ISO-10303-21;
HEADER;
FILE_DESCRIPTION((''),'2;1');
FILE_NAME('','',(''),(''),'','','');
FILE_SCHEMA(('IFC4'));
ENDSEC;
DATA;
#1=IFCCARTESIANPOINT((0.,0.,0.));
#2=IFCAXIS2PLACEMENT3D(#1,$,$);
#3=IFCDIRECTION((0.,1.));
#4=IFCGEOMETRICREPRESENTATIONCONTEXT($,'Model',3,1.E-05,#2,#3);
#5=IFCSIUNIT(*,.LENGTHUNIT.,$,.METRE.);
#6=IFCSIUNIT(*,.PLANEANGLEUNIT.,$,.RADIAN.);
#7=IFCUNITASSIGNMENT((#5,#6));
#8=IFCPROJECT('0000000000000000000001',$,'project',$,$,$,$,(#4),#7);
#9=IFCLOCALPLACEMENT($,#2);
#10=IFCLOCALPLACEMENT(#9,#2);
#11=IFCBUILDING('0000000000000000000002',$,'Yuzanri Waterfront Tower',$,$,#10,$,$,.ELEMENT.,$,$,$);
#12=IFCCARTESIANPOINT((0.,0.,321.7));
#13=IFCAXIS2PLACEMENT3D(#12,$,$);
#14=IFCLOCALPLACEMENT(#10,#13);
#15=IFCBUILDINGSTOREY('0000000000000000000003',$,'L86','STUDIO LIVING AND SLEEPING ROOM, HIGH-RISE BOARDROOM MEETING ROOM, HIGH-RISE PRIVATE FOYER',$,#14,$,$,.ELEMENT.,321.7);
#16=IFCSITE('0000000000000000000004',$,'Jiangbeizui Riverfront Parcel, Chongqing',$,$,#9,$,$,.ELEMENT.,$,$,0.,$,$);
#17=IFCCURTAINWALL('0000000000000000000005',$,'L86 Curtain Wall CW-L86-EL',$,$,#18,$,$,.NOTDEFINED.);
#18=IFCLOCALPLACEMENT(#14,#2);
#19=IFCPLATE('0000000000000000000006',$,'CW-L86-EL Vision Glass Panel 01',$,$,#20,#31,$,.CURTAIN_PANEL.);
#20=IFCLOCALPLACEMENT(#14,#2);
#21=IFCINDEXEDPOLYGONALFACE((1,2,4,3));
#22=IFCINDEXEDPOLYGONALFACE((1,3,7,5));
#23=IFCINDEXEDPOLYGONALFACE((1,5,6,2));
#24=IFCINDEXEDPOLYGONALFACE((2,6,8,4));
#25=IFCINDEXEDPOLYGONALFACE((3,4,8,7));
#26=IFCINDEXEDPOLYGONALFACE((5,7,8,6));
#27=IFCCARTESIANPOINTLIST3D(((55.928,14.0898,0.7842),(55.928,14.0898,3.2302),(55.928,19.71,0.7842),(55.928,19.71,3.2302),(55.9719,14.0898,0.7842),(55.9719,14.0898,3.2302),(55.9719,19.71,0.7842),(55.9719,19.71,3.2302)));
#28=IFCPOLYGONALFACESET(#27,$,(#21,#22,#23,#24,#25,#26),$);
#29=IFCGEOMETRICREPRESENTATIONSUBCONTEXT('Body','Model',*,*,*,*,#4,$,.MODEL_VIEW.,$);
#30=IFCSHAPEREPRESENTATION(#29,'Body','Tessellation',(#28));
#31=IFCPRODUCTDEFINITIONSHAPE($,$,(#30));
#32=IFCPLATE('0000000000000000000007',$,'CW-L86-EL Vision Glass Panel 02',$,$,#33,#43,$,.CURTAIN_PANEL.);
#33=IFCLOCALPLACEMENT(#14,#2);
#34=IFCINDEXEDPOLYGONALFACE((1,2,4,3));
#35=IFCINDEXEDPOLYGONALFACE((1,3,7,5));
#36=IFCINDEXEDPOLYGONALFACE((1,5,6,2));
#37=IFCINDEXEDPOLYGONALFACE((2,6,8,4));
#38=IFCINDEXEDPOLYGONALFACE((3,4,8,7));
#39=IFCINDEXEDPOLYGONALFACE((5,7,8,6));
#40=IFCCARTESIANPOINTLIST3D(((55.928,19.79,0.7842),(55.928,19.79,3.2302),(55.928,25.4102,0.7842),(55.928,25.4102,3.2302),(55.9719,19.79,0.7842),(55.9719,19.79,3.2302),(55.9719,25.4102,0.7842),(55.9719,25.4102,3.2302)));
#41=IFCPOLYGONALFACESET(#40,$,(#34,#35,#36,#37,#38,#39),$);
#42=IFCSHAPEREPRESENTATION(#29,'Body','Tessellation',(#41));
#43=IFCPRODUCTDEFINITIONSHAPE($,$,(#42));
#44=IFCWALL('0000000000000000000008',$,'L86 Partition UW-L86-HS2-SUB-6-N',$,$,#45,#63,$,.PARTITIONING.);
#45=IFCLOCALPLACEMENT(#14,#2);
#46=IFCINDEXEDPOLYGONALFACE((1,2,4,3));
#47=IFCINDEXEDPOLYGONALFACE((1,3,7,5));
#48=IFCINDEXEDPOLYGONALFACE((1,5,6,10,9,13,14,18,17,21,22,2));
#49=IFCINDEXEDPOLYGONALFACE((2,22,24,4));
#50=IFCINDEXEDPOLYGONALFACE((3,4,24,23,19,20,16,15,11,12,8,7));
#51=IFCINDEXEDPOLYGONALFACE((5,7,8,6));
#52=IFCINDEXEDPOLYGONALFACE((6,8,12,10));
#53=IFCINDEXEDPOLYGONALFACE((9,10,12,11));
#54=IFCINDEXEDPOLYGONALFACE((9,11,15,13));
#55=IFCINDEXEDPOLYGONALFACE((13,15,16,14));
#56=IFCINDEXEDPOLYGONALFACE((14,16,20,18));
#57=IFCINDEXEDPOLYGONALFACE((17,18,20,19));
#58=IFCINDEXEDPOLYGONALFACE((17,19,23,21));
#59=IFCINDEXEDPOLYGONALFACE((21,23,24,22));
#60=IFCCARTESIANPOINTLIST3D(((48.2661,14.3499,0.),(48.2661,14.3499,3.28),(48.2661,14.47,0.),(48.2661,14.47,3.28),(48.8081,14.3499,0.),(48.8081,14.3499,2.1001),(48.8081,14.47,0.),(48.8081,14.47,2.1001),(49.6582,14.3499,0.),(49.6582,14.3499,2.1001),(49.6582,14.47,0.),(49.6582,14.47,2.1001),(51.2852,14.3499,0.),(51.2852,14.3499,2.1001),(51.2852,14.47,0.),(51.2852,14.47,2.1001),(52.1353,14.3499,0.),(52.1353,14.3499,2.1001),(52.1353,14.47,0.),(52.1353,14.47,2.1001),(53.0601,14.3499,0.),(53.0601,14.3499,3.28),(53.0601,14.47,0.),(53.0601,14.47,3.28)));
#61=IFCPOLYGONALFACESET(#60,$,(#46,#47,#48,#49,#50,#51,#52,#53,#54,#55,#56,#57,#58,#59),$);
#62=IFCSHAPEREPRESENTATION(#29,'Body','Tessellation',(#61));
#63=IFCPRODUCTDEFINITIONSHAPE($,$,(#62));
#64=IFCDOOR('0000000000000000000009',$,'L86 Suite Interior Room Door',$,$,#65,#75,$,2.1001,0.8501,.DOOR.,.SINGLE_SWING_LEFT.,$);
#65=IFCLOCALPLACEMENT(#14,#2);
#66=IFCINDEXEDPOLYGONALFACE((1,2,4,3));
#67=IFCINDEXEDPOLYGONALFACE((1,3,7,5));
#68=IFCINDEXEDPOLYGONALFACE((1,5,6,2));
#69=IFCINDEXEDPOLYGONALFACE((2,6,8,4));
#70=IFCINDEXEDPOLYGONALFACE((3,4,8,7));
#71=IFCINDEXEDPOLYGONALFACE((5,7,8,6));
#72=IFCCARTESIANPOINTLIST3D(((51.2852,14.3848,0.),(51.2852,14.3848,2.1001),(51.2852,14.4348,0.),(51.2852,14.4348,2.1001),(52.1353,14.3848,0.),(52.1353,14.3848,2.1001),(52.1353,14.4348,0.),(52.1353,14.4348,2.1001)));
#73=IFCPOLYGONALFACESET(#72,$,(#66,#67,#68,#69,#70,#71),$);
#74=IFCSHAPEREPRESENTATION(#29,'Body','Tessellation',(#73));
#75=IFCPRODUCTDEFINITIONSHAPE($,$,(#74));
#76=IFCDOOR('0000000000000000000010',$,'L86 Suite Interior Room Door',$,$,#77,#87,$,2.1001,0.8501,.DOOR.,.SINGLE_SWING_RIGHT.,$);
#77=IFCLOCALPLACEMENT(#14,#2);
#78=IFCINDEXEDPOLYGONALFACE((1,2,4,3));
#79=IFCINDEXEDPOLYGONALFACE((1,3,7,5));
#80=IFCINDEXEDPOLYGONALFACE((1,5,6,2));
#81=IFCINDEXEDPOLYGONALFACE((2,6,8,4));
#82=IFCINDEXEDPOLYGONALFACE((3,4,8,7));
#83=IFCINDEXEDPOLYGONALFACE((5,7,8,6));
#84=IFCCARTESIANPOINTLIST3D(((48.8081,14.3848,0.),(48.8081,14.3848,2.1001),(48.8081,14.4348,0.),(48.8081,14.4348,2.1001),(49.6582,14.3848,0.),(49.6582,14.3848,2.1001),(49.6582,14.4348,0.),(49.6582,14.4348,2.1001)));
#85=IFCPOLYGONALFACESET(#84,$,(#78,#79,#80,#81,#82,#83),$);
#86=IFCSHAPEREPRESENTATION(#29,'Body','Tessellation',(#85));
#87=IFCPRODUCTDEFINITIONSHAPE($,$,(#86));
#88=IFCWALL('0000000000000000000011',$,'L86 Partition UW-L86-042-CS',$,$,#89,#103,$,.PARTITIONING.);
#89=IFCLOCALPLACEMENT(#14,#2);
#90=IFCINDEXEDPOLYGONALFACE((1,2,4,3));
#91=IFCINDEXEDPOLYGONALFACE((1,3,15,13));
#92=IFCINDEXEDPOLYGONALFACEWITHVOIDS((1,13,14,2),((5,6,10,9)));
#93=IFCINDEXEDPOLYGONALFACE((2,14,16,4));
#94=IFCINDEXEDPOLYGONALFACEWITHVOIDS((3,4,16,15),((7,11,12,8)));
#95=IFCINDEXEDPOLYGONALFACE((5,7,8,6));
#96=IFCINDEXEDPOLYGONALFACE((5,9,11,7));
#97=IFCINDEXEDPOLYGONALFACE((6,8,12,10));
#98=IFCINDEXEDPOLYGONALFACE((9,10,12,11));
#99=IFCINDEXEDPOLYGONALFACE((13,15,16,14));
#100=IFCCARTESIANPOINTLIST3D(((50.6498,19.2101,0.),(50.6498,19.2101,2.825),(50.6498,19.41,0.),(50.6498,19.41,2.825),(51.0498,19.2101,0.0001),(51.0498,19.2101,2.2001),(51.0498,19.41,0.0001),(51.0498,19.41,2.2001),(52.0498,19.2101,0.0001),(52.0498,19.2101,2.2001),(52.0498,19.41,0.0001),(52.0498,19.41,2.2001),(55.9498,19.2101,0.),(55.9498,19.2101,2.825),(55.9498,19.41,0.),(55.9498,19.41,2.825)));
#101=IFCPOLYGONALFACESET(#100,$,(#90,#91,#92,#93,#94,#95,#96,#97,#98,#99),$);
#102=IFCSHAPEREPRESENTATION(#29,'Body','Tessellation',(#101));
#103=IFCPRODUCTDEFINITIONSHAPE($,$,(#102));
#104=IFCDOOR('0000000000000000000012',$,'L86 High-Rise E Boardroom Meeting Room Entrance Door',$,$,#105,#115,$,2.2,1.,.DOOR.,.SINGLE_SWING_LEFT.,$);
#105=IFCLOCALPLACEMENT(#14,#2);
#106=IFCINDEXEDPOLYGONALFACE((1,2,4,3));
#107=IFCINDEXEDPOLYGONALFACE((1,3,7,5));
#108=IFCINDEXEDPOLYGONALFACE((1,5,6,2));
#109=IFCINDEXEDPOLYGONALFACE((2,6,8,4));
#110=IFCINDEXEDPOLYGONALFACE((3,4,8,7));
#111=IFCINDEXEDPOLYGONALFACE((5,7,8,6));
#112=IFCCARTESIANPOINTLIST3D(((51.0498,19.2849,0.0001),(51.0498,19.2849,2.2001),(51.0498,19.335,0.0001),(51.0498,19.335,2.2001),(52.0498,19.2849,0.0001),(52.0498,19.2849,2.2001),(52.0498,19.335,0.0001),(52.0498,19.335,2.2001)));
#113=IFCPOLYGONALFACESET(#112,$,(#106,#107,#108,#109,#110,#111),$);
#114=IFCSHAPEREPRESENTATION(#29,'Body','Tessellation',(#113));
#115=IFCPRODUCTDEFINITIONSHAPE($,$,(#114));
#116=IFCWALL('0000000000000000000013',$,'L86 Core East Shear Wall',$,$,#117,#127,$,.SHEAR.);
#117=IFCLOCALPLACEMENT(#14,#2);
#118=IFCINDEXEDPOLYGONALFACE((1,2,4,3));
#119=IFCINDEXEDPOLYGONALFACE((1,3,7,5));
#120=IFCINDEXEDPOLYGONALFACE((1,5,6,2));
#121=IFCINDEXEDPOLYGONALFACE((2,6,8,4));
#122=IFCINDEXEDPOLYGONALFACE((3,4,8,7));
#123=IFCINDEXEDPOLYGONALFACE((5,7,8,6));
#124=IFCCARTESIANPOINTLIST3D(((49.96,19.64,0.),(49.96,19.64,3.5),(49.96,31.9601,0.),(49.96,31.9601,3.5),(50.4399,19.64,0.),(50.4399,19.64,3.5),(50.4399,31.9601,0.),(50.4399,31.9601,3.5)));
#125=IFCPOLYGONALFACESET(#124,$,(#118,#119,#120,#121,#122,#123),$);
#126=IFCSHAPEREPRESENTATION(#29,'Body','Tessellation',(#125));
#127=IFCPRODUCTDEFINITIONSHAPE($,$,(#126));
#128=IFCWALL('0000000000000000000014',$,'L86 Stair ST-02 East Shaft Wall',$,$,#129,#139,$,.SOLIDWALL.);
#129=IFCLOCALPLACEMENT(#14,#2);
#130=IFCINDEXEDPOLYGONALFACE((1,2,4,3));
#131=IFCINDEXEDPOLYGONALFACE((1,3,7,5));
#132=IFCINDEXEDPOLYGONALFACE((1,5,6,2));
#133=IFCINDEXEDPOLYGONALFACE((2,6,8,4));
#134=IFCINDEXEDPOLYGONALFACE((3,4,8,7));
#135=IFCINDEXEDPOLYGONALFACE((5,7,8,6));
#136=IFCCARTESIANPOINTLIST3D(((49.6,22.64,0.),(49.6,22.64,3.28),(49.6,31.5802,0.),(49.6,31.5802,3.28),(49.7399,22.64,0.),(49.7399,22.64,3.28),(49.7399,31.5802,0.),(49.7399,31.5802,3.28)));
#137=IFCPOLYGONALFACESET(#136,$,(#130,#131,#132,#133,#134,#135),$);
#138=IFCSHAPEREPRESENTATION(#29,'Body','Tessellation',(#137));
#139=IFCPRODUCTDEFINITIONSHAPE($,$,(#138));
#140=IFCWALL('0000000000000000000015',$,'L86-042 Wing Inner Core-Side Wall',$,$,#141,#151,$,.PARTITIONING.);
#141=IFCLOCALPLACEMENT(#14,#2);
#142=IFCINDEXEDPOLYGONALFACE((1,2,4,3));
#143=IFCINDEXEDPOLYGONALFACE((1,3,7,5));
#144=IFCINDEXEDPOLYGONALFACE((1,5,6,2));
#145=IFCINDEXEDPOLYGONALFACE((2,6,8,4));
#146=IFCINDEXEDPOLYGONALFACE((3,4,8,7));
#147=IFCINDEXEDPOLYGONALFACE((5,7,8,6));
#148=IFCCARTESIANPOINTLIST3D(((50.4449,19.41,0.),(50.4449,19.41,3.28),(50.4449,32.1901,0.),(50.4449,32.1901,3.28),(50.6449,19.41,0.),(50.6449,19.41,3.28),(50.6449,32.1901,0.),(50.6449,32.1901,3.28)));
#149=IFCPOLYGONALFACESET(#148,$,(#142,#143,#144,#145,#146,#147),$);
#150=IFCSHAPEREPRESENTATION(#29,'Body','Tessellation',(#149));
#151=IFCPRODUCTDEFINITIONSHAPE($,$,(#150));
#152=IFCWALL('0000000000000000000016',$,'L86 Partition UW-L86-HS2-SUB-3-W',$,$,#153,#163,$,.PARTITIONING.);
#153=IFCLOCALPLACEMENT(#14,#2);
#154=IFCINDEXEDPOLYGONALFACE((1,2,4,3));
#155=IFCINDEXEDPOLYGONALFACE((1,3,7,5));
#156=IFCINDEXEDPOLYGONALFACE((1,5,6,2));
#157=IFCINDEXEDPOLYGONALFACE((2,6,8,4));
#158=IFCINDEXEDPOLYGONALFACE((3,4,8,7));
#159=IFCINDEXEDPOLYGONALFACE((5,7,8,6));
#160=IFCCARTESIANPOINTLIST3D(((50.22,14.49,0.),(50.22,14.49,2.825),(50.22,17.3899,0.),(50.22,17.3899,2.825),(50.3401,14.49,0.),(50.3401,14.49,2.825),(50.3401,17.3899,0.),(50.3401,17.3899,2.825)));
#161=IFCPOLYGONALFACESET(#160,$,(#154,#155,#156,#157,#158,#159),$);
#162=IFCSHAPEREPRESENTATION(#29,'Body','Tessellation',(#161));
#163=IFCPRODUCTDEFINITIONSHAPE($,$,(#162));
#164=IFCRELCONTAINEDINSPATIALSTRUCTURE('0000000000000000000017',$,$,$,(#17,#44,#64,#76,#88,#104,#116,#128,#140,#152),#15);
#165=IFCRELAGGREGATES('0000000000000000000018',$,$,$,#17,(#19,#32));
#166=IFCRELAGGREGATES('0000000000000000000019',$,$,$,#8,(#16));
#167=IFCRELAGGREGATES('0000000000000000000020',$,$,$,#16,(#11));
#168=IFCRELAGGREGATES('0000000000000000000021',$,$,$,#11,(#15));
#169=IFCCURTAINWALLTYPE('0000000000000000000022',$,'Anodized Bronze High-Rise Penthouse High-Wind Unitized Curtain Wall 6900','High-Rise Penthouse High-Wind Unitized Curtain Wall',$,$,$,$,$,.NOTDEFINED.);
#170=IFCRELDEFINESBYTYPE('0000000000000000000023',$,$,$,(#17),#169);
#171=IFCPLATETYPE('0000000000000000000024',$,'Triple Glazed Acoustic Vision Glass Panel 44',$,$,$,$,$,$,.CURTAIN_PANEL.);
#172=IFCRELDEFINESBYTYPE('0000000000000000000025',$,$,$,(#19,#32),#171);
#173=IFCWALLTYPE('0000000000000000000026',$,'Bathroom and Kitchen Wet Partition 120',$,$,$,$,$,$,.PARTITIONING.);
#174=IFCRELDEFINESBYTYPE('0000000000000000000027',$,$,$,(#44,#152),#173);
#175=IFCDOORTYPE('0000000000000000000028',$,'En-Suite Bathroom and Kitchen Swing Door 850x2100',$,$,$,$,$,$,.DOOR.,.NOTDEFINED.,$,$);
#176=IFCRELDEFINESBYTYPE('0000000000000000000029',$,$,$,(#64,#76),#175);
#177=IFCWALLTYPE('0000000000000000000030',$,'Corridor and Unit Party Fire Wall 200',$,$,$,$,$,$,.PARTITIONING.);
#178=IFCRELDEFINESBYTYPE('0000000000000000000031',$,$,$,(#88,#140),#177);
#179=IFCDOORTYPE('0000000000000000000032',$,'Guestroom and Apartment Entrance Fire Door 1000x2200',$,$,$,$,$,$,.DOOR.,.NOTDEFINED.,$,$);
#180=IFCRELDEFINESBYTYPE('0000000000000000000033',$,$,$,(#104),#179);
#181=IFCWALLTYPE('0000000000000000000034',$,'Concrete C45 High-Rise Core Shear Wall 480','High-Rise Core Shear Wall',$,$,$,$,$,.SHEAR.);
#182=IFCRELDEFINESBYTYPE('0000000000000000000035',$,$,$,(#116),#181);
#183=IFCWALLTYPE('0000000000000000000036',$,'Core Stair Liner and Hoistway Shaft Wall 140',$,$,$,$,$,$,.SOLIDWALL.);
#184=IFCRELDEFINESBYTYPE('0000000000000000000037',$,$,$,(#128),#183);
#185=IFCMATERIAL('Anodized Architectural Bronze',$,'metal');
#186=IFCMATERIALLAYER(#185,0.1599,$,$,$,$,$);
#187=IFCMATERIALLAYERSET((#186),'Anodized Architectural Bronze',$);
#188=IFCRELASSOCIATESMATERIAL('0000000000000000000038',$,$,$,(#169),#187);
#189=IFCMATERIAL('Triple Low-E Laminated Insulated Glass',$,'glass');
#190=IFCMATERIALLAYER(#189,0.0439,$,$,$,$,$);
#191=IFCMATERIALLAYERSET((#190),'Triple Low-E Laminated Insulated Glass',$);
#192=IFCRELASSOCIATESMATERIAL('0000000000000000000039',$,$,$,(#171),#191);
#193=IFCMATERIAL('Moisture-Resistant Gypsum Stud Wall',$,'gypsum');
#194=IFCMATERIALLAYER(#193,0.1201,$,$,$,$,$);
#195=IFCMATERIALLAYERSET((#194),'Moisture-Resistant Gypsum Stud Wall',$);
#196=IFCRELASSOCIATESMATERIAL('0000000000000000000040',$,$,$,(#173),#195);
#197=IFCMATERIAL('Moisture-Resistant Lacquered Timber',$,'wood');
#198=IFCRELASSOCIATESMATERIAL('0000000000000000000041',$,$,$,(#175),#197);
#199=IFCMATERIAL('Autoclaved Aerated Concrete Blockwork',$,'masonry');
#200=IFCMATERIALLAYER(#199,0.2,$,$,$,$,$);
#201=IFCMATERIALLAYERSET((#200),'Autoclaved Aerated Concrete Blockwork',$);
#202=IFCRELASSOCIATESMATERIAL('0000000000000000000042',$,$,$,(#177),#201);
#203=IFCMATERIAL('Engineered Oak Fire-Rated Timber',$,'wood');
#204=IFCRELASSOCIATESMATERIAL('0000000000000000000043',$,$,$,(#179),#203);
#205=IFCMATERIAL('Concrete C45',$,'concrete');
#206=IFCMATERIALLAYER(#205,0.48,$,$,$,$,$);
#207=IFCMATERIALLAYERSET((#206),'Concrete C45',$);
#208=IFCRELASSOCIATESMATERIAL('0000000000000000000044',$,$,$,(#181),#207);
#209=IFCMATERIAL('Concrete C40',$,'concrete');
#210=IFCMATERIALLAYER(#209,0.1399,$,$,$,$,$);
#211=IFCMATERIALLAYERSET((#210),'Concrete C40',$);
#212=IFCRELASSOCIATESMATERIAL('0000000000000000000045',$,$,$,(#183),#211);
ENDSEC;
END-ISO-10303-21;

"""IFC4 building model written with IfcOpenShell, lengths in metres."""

from ifc_helpers import new_model, si_unit, direction, frame, frame_2d, origin, origin_2d, place, context, subcontext, project, spatial, rectangle, extrude, source, transform, mapped, material, layer, layer_set, type_object, element, fill, aggregate, save


model = new_model("IFC4")

# Units and contexts
model_context = context("Model", 3, precision=1e-05, world=origin(), true_north=direction((0.0, 1.0)))
body_context = subcontext(model_context, "Body", "Model", "MODEL_VIEW")
ifc_project = project(units=[si_unit("LENGTHUNIT", "METRE"), si_unit("PLANEANGLEUNIT", "RADIAN")], contexts=[model_context])

# Site, building, storey
site_placement = place(None, origin())
site = spatial("IfcSite", under=ifc_project, at=site_placement, Name="Jiangbeizui Riverfront Parcel, Chongqing", CompositionType="ELEMENT", RefElevation=0.0)
building_placement = place(site_placement, origin())
building = spatial("IfcBuilding", under=site, at=building_placement, Name="Yuzanri Waterfront Tower", CompositionType="ELEMENT")
storey_placement = place(building_placement, frame((0.0, 0.0, 321.7)))
storey = spatial("IfcBuildingStorey", under=building, at=storey_placement, Name="L86", Description="STUDIO LIVING AND SLEEPING ROOM, HIGH-RISE BOARDROOM MEETING ROOM, HIGH-RISE PRIVATE FOYER", CompositionType="ELEMENT", Elevation=321.7)

# Curtain wall, plates
ifc_material_1 = material(Name="Anodized Architectural Bronze", Category="metal")
ifc_layer_1 = layer(ifc_material_1, 0.1599)
ifc_layer_set_1 = layer_set([ifc_layer_1], Name="Anodized Architectural Bronze")
curtain_wall_type = type_object("IfcCurtainWallType", Name="Anodized Bronze High-Rise Penthouse High-Wind Unitized Curtain Wall 6900", Description="High-Rise Penthouse High-Wind Unitized Curtain Wall", PredefinedType="NOTDEFINED", material=ifc_layer_set_1)
curtain_wall_placement = place(storey_placement, origin())
curtain_wall = element("IfcCurtainWall", 1, at=curtain_wall_placement, inside=storey, type_object=curtain_wall_type, Name="L86 Curtain Wall CW-L86-EL", PredefinedType="NOTDEFINED")
ifc_material_2 = material(Name="Triple Low-E Laminated Insulated Glass", Category="glass")
ifc_layer_2 = layer(ifc_material_2, 0.0439)
ifc_layer_set_2 = layer_set([ifc_layer_2], Name="Triple Low-E Laminated Insulated Glass")
plate_type_1 = type_object("IfcPlateType", Name="Triple Glazed Acoustic Vision Glass Panel 44", PredefinedType="CURTAIN_PANEL", material=ifc_layer_set_2)
shared_shape_1 = source(origin(), body_context, "Body", "SweptSolid", [
    extrude(rectangle(XDim=5.6201, YDim=0.0439, at=origin_2d()), origin(), (0.0, 0.0, 1.0), 2.446),
])
plate_1_placement = place(storey_placement, frame((55.95, 16.8999, 0.7842), z_axis=(0.0, 0.0, 1.0), x_axis=(0.0, 1.0, 0.0)))
plate_1 = element("IfcPlate", 2, at=plate_1_placement, type_object=plate_type_1, Name="CW-L86-EL Vision Glass Panel 01", PredefinedType="CURTAIN_PANEL", context=body_context, shape_type="MappedRepresentation", body=[
    mapped(shared_shape_1, transform((0.0, 0.0, 0.0), scale=1.0)),
])
plate_2_placement = place(storey_placement, frame((55.95, 22.6001, 0.7842), z_axis=(0.0, 0.0, 1.0), x_axis=(0.0, 1.0, 0.0)))
plate_2 = element("IfcPlate", 3, at=plate_2_placement, type_object=plate_type_1, Name="CW-L86-EL Vision Glass Panel 02", PredefinedType="CURTAIN_PANEL", context=body_context, shape_type="MappedRepresentation", body=[
    mapped(shared_shape_1, transform((0.0, 0.0, 0.0), scale=1.0)),
])
aggregate(curtain_wall, [plate_1, plate_2])

# Wall, openings, doors
ifc_material_3 = material(Name="Moisture-Resistant Gypsum Stud Wall", Category="gypsum")
ifc_layer_3 = layer(ifc_material_3, 0.1201)
ifc_layer_set_3 = layer_set([ifc_layer_3], Name="Moisture-Resistant Gypsum Stud Wall")
wall_type_1 = type_object("IfcWallType", Name="Bathroom and Kitchen Wet Partition 120", PredefinedType="PARTITIONING", material=ifc_layer_set_3)
wall_1_placement = place(storey_placement, frame((48.2661, 14.4099, 0.0), z_axis=(0.0, 0.0, 1.0), x_axis=(1.0, 0.0, 0.0)))
wall_1 = element("IfcWall", 4, at=wall_1_placement, inside=storey, type_object=wall_type_1, Name="L86 Partition UW-L86-HS2-SUB-6-N", PredefinedType="PARTITIONING", context=body_context, shape_type="SweptSolid", body=[
    extrude(rectangle(XDim=4.7939, YDim=0.1201, at=frame_2d((2.397, 0.0))), origin(), (0.0, 0.0, 1.0), 3.28),
])
opening_1_placement = place(wall_1_placement, frame((3.019, 0.0, 0.0)))
opening_1 = element("IfcOpeningElement", 5, at=opening_1_placement, cuts=wall_1, PredefinedType="OPENING", context=body_context, shape_type="SweptSolid", body=[
    extrude(rectangle(XDim=0.8501, YDim=2.1001, at=frame_2d((0.425, 1.05))), frame((0.0, 0.075, 0.0), z_axis=(0.0, -1.0, 0.0), x_axis=(1.0, 0.0, 0.0)), (0.0, 0.0, 1.0), 0.1499),
])
opening_2_placement = place(wall_1_placement, frame((0.542, 0.0, 0.0)))
opening_2 = element("IfcOpeningElement", 6, at=opening_2_placement, cuts=wall_1, PredefinedType="OPENING", context=body_context, shape_type="SweptSolid", body=[
    extrude(rectangle(XDim=0.8501, YDim=2.1001, at=frame_2d((0.425, 1.05))), frame((0.0, 0.075, 0.0), z_axis=(0.0, -1.0, 0.0), x_axis=(1.0, 0.0, 0.0)), (0.0, 0.0, 1.0), 0.1499),
])
ifc_material_4 = material(Name="Moisture-Resistant Lacquered Timber", Category="wood")
door_type_1 = type_object("IfcDoorType", Name="En-Suite Bathroom and Kitchen Swing Door 850x2100", OperationType="NOTDEFINED", PredefinedType="DOOR", material=ifc_material_4)
shared_shape_2 = source(origin(), body_context, "Body", "SweptSolid", [
    extrude(rectangle(XDim=0.8501, YDim=2.1001, at=frame_2d((0.425, 1.05))), frame((0.0, 0.0249, 0.0), z_axis=(0.0, -1.0, 0.0), x_axis=(1.0, 0.0, 0.0)), (0.0, 0.0, 1.0), 0.05),
])
door_1_placement = place(opening_1_placement, origin())
door_1 = element("IfcDoor", 7, at=door_1_placement, inside=storey, type_object=door_type_1, Name="L86 Suite Interior Room Door", OperationType="SINGLE_SWING_LEFT", OverallHeight=2.1001, OverallWidth=0.8501, PredefinedType="DOOR", context=body_context, shape_type="MappedRepresentation", body=[
    mapped(shared_shape_2, transform((0.0, 0.0, 0.0), scale=1.0)),
])
fill(opening_1, door_1)
door_2_placement = place(opening_2_placement, origin())
door_2 = element("IfcDoor", 8, at=door_2_placement, inside=storey, type_object=door_type_1, Name="L86 Suite Interior Room Door", OperationType="SINGLE_SWING_RIGHT", OverallHeight=2.1001, OverallWidth=0.8501, PredefinedType="DOOR", context=body_context, shape_type="MappedRepresentation", body=[
    mapped(shared_shape_2, transform((0.0, 0.0, 0.0), scale=1.0)),
])
fill(opening_2, door_2)

# Wall, opening, door
ifc_material_5 = material(Name="Autoclaved Aerated Concrete Blockwork", Category="masonry")
ifc_layer_4 = layer(ifc_material_5, 0.2)
ifc_layer_set_4 = layer_set([ifc_layer_4], Name="Autoclaved Aerated Concrete Blockwork")
wall_type_2 = type_object("IfcWallType", Name="Corridor and Unit Party Fire Wall 200", PredefinedType="PARTITIONING", material=ifc_layer_set_4)
wall_2_placement = place(storey_placement, frame((50.6499, 19.3101, 0.0), z_axis=(0.0, 0.0, 1.0), x_axis=(1.0, 0.0, 0.0)))
wall_2 = element("IfcWall", 9, at=wall_2_placement, inside=storey, type_object=wall_type_2, Name="L86 Partition UW-L86-042-CS", PredefinedType="PARTITIONING", context=body_context, shape_type="SweptSolid", body=[
    extrude(rectangle(XDim=5.3, YDim=0.2, at=frame_2d((2.6499, 0.0))), origin(), (0.0, 0.0, 1.0), 2.825),
])
opening_3_placement = place(wall_2_placement, frame((0.3999, 0.0, 0.0)))
opening_3 = element("IfcOpeningElement", 10, at=opening_3_placement, cuts=wall_2, PredefinedType="OPENING", context=body_context, shape_type="SweptSolid", body=[
    extrude(rectangle(XDim=1.0, YDim=2.2, at=frame_2d((0.5, 1.1001))), frame((0.0, 0.1147, 0.0), z_axis=(0.0, -1.0, 0.0), x_axis=(1.0, 0.0, 0.0)), (0.0, 0.0, 1.0), 0.2297),
])
ifc_material_6 = material(Name="Engineered Oak Fire-Rated Timber", Category="wood")
door_type_2 = type_object("IfcDoorType", Name="Guestroom and Apartment Entrance Fire Door 1000x2200", OperationType="NOTDEFINED", PredefinedType="DOOR", material=ifc_material_6)
shared_shape_3 = source(origin(), body_context, "Body", "SweptSolid", [
    extrude(rectangle(XDim=1.0, YDim=2.2, at=frame_2d((0.5, 1.1001))), frame((0.0, 0.0249, 0.0), z_axis=(0.0, -1.0, 0.0), x_axis=(1.0, 0.0, 0.0)), (0.0, 0.0, 1.0), 0.05),
])
door_3_placement = place(opening_3_placement, origin())
door_3 = element("IfcDoor", 11, at=door_3_placement, inside=storey, type_object=door_type_2, Name="L86 High-Rise E Boardroom Meeting Room Entrance Door", OperationType="SINGLE_SWING_LEFT", OverallHeight=2.2, OverallWidth=1.0, PredefinedType="DOOR", context=body_context, shape_type="MappedRepresentation", body=[
    mapped(shared_shape_3, transform((0.0, 0.0, 0.0), scale=1.0)),
])
fill(opening_3, door_3)

# Walls
ifc_material_7 = material(Name="Concrete C45", Category="concrete")
ifc_layer_5 = layer(ifc_material_7, 0.48)
ifc_layer_set_5 = layer_set([ifc_layer_5], Name="Concrete C45")
wall_type_3 = type_object("IfcWallType", Name="Concrete C45 High-Rise Core Shear Wall 480", Description="High-Rise Core Shear Wall", PredefinedType="SHEAR", material=ifc_layer_set_5)
shared_shape_4 = source(origin(), body_context, "Body", "SweptSolid", [
    extrude(rectangle(XDim=12.3201, YDim=0.48, at=frame_2d((6.1602, 0.0))), origin(), (0.0, 0.0, 1.0), 3.5),
])
wall_3_placement = place(storey_placement, frame((50.2, 19.6399, 0.0), z_axis=(0.0, 0.0, 1.0), x_axis=(0.0, 1.0, 0.0)))
element("IfcWall", 12, at=wall_3_placement, inside=storey, type_object=wall_type_3, Name="L86 Core East Shear Wall", PredefinedType="SHEAR", context=body_context, shape_type="MappedRepresentation", body=[
    mapped(shared_shape_4, transform((0.0, 0.0, 0.0), scale=1.0)),
])
ifc_material_8 = material(Name="Concrete C40", Category="concrete")
ifc_layer_6 = layer(ifc_material_8, 0.1399)
ifc_layer_set_6 = layer_set([ifc_layer_6], Name="Concrete C40")
wall_type_4 = type_object("IfcWallType", Name="Core Stair Liner and Hoistway Shaft Wall 140", PredefinedType="SOLIDWALL", material=ifc_layer_set_6)
shared_shape_5 = source(origin(), body_context, "Body", "SweptSolid", [
    extrude(rectangle(XDim=8.9402, YDim=0.1399, at=frame_2d((4.4702, 0.0))), origin(), (0.0, 0.0, 1.0), 3.28),
])
wall_4_placement = place(storey_placement, frame((49.6699, 22.6399, 0.0), z_axis=(0.0, 0.0, 1.0), x_axis=(0.0, 1.0, 0.0)))
element("IfcWall", 13, at=wall_4_placement, inside=storey, type_object=wall_type_4, Name="L86 Stair ST-02 East Shaft Wall", PredefinedType="SOLIDWALL", context=body_context, shape_type="MappedRepresentation", body=[
    mapped(shared_shape_5, transform((0.0, 0.0, 0.0), scale=1.0)),
])
shared_shape_6 = source(origin(), body_context, "Body", "SweptSolid", [
    extrude(rectangle(XDim=12.78, YDim=0.2, at=frame_2d((6.3901, 0.0))), origin(), (0.0, 0.0, 1.0), 3.28),
])
wall_5_placement = place(storey_placement, frame((50.5449, 19.4099, 0.0), z_axis=(0.0, 0.0, 1.0), x_axis=(0.0, 1.0, 0.0)))
element("IfcWall", 14, at=wall_5_placement, inside=storey, type_object=wall_type_2, Name="L86-042 Wing Inner Core-Side Wall", PredefinedType="PARTITIONING", context=body_context, shape_type="MappedRepresentation", body=[
    mapped(shared_shape_6, transform((0.0, 0.0, 0.0), scale=1.0)),
])
shared_shape_7 = source(origin(), body_context, "Body", "SweptSolid", [
    extrude(rectangle(XDim=2.8999, YDim=0.1201, at=frame_2d((1.45, 0.0))), origin(), (0.0, 0.0, 1.0), 2.825),
])
wall_6_placement = place(storey_placement, frame((50.28, 14.49, 0.0), z_axis=(0.0, 0.0, 1.0), x_axis=(0.0, 1.0, 0.0)))
element("IfcWall", 15, at=wall_6_placement, inside=storey, type_object=wall_type_1, Name="L86 Partition UW-L86-HS2-SUB-3-W", PredefinedType="PARTITIONING", context=body_context, shape_type="MappedRepresentation", body=[
    mapped(shared_shape_7, transform((0.0, 0.0, 0.0), scale=1.0)),
])

save(model, "model.ifc")
